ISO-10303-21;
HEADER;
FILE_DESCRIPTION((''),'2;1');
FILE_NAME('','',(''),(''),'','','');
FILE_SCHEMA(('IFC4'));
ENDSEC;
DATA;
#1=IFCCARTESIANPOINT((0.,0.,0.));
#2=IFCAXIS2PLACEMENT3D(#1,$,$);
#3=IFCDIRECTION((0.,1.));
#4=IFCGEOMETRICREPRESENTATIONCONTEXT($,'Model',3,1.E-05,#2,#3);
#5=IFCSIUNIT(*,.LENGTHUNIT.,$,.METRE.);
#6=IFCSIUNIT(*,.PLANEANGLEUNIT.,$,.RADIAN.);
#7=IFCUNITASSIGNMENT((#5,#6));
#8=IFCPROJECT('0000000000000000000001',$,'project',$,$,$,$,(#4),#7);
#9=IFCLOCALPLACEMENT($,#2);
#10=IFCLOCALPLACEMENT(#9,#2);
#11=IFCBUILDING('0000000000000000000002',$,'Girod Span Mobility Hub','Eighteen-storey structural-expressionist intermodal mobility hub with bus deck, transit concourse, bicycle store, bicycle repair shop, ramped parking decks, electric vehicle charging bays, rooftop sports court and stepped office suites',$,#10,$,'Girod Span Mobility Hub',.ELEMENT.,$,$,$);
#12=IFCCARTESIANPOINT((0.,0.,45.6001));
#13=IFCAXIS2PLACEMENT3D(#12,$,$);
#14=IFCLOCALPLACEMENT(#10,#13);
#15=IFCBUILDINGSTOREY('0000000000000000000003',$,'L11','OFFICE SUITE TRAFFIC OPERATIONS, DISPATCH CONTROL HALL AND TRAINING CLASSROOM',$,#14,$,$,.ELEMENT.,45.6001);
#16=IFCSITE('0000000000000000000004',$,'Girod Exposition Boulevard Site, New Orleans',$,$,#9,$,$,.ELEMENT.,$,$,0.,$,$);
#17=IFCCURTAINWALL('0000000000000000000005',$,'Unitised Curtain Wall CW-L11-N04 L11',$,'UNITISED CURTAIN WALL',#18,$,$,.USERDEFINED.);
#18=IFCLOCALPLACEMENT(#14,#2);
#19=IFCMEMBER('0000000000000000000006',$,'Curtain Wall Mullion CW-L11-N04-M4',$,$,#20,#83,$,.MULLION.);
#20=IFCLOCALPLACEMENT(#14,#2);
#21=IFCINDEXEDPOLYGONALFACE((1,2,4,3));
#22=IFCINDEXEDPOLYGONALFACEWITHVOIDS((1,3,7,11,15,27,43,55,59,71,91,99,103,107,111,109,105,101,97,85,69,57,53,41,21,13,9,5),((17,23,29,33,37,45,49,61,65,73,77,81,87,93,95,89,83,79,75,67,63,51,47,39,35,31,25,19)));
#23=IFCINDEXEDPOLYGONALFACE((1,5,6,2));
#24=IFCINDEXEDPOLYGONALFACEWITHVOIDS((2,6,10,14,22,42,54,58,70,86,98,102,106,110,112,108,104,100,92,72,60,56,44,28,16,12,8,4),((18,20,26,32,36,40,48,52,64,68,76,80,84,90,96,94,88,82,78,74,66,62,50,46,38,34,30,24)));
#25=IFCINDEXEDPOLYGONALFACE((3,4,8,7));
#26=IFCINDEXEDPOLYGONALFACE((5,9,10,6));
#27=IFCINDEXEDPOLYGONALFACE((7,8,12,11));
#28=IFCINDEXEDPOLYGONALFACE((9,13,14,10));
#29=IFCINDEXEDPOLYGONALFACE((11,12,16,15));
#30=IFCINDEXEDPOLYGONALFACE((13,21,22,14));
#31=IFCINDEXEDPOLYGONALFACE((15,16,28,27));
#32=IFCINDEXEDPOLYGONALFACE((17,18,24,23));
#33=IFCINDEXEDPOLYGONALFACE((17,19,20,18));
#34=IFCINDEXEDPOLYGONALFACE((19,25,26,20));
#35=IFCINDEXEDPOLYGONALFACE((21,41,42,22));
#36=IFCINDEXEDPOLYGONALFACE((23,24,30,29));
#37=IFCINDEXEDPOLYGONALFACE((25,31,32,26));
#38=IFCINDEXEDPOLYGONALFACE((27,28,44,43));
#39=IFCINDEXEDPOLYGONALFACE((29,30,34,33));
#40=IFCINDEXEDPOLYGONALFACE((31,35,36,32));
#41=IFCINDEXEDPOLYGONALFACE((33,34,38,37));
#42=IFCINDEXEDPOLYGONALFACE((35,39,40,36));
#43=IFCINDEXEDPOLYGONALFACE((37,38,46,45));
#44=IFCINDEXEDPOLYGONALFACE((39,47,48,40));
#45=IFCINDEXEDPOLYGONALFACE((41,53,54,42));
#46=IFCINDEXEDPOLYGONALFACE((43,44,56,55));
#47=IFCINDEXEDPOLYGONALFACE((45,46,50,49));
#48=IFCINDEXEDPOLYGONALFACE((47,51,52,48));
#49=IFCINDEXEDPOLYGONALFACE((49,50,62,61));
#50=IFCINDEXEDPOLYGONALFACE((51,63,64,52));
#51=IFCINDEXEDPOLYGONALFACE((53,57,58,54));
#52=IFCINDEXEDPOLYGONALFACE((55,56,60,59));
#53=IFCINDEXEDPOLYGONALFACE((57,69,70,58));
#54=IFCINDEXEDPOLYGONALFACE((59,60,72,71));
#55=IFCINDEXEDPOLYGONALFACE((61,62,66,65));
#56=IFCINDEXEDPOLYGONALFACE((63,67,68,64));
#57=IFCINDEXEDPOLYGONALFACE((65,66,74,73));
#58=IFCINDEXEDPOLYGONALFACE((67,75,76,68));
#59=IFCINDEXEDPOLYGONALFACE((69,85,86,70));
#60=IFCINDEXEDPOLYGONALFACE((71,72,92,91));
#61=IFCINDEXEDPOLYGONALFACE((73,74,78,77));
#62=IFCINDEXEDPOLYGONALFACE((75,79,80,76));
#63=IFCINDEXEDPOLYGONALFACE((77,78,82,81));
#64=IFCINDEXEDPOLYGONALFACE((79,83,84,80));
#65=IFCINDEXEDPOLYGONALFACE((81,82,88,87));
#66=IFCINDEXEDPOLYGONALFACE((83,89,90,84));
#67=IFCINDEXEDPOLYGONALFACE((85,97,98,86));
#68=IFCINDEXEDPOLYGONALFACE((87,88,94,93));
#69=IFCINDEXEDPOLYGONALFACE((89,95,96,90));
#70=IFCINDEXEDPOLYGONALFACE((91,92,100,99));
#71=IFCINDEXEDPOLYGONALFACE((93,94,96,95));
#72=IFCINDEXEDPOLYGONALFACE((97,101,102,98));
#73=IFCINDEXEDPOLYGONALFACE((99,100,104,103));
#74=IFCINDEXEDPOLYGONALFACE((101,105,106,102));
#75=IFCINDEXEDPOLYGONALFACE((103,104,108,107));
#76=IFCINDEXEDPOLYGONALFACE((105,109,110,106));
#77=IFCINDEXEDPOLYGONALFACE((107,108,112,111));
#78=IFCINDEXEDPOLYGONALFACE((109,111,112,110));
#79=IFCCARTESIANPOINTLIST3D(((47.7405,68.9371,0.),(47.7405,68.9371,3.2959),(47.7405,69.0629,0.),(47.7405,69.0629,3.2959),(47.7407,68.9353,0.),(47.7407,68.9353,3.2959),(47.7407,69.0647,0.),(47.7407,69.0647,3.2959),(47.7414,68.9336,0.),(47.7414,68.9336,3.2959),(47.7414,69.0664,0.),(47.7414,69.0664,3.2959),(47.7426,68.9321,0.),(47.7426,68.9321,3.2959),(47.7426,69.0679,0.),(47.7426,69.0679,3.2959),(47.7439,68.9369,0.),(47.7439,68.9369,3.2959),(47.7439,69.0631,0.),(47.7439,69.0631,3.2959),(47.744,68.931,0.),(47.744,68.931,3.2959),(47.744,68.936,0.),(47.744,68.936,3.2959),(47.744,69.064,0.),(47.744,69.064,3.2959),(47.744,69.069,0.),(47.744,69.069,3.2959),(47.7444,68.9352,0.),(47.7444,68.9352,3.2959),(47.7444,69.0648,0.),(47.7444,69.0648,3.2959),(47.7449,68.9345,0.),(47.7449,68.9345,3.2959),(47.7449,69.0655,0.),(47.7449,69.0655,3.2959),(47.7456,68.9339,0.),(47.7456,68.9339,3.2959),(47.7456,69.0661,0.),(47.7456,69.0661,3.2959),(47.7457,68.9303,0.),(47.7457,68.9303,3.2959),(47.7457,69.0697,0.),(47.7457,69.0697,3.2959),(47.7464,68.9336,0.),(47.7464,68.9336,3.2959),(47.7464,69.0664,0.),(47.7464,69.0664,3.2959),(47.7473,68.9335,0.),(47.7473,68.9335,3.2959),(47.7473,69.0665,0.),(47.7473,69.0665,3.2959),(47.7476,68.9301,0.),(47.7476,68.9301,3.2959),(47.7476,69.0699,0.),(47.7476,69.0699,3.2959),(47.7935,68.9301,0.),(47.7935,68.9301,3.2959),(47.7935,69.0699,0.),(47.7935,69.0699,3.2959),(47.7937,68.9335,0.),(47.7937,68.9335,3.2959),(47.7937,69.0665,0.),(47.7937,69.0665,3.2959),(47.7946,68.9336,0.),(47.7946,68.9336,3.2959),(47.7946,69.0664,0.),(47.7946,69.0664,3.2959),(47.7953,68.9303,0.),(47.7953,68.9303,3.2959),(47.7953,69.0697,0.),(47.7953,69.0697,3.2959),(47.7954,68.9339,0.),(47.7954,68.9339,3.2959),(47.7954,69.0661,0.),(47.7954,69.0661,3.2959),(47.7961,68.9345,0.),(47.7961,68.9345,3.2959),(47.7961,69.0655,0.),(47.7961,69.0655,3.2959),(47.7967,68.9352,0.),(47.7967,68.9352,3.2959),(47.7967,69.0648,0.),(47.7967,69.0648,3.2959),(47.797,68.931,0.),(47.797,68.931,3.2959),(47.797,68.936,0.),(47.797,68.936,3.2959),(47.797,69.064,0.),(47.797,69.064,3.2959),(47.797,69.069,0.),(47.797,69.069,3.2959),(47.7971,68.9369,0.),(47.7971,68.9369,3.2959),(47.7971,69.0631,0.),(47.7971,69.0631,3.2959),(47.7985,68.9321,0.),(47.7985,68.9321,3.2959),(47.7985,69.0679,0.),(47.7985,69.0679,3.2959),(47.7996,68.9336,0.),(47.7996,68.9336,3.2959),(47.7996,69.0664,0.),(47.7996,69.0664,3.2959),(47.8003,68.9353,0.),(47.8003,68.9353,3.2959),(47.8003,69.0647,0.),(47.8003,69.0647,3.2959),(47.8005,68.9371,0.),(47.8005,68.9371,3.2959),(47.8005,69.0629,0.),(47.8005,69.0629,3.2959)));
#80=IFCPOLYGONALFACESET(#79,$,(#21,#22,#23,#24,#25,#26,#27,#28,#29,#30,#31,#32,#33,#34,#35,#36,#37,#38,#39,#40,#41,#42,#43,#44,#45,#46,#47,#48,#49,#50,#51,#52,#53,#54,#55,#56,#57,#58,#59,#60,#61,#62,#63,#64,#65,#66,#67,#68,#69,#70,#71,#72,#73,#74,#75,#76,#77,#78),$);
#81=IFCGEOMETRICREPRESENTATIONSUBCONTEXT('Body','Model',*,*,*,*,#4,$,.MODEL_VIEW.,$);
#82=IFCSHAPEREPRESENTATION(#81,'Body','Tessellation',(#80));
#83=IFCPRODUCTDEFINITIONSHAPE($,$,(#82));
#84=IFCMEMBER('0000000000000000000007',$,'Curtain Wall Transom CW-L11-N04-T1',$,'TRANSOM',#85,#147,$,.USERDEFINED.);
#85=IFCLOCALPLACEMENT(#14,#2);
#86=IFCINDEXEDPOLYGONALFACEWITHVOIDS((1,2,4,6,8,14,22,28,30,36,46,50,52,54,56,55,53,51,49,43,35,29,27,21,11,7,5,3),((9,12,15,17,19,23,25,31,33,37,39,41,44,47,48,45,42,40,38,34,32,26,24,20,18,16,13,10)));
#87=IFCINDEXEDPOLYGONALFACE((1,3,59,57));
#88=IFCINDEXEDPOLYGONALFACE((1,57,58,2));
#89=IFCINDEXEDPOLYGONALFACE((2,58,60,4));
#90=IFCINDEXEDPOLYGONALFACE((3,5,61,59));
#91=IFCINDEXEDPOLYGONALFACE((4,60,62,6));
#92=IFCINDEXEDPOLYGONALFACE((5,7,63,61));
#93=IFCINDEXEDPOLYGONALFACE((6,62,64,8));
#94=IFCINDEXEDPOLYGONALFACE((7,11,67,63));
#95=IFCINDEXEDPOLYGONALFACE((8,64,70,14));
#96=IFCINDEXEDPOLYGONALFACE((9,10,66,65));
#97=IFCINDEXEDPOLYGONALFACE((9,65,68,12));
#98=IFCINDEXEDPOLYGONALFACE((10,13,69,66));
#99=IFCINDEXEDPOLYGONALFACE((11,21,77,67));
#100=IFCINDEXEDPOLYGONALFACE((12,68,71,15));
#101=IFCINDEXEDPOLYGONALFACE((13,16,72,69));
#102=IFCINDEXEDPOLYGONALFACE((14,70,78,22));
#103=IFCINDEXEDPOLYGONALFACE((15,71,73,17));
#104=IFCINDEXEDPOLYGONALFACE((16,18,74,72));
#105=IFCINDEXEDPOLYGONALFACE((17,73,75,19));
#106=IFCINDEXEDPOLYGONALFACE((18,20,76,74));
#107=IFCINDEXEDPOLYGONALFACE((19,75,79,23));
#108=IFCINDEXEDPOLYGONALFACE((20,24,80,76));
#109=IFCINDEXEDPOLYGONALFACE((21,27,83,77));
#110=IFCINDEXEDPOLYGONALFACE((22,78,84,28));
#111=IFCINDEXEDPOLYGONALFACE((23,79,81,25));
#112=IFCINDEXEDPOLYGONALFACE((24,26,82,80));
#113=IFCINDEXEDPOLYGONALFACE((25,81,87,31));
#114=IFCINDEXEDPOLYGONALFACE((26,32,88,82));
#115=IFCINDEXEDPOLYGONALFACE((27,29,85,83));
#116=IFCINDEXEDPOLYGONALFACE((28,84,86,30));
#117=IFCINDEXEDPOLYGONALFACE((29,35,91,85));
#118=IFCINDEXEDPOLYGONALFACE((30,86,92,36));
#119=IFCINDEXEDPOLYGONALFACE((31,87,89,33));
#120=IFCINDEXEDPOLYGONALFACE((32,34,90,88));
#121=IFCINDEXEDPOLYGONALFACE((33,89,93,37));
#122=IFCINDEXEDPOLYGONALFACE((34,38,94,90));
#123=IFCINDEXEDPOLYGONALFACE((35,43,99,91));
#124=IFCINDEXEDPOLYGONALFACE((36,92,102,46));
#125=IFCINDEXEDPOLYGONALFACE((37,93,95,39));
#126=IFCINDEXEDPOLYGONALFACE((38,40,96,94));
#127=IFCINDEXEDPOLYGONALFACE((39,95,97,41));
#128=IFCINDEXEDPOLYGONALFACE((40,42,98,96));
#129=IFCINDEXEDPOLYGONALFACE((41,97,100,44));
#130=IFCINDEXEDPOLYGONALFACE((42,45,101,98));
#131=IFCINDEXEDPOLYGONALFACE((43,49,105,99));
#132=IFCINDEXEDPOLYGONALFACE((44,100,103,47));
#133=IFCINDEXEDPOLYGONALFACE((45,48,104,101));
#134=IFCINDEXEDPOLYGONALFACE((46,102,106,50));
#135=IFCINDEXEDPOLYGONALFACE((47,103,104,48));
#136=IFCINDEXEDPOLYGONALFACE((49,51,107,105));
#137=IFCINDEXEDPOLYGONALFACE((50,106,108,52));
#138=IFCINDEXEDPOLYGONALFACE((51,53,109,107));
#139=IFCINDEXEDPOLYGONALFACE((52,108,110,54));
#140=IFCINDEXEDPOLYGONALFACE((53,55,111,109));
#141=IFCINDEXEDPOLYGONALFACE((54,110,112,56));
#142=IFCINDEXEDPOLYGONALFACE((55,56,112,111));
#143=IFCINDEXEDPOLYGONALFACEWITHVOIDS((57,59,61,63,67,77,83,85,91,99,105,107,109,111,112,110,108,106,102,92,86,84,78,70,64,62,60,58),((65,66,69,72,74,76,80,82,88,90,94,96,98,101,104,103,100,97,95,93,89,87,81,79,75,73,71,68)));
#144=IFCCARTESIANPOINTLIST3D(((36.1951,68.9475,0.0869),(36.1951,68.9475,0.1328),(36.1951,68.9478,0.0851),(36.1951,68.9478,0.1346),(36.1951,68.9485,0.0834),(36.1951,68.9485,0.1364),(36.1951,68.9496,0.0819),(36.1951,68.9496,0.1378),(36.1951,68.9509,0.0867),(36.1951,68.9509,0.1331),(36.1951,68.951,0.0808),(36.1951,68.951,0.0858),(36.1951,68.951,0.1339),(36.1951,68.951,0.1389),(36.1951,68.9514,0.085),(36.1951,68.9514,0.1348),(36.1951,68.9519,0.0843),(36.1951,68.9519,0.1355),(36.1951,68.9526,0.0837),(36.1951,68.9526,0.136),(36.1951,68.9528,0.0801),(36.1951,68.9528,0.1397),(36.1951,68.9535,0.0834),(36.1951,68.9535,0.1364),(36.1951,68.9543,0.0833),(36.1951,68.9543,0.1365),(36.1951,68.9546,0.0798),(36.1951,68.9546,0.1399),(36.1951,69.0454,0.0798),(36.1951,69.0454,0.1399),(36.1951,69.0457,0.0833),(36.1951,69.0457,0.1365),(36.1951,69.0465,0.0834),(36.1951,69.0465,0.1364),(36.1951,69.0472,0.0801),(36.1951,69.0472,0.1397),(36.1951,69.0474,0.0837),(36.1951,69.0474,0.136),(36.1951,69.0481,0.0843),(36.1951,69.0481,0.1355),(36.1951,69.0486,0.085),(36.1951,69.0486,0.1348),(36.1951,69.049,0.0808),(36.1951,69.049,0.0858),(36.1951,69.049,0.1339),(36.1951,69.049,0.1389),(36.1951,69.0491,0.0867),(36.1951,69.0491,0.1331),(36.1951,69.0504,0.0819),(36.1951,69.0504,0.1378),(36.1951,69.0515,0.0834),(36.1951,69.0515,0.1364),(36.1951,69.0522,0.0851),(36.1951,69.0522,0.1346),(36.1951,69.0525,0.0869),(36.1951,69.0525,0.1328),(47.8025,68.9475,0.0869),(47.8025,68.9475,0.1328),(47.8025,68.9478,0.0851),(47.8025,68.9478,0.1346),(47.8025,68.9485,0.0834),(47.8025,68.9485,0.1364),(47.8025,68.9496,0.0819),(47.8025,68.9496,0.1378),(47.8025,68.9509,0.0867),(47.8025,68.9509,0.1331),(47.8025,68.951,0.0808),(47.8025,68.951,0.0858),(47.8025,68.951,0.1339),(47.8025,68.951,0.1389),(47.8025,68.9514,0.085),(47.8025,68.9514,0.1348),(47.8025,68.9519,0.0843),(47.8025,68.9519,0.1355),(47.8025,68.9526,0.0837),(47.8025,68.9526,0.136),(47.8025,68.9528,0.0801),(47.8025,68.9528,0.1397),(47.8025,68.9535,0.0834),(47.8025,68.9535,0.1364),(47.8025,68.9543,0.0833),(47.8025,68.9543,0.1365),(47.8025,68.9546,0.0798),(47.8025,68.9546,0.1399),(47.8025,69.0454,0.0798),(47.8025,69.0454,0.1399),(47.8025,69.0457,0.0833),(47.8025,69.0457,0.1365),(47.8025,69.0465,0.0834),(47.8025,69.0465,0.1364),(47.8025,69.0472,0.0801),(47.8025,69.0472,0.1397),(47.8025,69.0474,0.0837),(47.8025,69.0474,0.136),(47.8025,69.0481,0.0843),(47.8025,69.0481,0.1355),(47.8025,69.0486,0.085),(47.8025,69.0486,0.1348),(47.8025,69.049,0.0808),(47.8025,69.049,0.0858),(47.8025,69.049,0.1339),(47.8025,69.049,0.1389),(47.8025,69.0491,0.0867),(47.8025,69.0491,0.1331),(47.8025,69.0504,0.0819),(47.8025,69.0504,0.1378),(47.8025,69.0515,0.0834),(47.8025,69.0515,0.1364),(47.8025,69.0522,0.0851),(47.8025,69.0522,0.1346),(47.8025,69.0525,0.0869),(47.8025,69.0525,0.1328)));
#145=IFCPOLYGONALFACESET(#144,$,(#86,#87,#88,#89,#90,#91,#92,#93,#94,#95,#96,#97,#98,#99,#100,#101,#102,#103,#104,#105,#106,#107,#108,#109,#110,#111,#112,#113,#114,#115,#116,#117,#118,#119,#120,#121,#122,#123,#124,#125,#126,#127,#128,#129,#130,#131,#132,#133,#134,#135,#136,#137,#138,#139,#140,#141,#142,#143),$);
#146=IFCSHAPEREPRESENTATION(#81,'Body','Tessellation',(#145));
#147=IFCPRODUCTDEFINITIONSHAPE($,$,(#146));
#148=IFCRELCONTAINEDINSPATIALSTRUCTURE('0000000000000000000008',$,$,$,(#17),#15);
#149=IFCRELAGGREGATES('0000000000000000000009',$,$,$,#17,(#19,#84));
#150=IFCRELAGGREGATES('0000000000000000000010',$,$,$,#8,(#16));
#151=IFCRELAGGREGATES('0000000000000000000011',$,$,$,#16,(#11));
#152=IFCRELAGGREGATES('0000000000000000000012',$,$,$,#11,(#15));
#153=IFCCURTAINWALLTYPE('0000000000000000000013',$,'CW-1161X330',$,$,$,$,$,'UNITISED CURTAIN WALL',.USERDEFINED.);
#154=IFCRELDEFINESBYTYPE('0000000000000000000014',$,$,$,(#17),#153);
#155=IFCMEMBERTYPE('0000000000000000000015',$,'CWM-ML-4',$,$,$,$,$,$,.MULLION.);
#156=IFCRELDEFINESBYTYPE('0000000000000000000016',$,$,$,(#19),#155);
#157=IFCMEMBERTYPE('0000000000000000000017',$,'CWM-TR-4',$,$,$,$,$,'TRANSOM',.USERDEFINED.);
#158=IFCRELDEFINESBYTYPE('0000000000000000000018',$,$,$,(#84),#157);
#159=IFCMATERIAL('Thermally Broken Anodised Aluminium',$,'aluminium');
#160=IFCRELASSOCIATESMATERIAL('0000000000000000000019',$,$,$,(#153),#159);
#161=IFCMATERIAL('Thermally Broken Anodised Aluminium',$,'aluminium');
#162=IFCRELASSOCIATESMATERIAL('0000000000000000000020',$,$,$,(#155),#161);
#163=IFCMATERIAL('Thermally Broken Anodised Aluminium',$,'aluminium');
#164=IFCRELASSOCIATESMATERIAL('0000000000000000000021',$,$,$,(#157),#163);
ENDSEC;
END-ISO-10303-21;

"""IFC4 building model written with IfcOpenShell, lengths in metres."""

from ifc_helpers import new_model, si_unit, direction, frame, origin, origin_2d, place, context, subcontext, project, spatial, hollow_rectangle, extrude, material, material_profile, profile_set, type_object, element, aggregate, save


model = new_model("IFC4")

# Units and contexts
model_context = context("Model", 3, precision=1e-05, world=origin(), true_north=direction((0.0, 1.0)))
body_context = subcontext(model_context, "Body", "Model", "MODEL_VIEW")
ifc_project = project(units=[si_unit("LENGTHUNIT", "METRE"), si_unit("PLANEANGLEUNIT", "RADIAN")], contexts=[model_context])

# Site, building, storey
site_placement = place(None, origin())
site = spatial("IfcSite", under=ifc_project, at=site_placement, Name="Girod Exposition Boulevard Site, New Orleans", CompositionType="ELEMENT", RefElevation=0.0)
building_placement = place(site_placement, origin())
building = spatial("IfcBuilding", under=site, at=building_placement, Name="Girod Span Mobility Hub", Description="Eighteen-storey structural-expressionist intermodal mobility hub with bus deck, transit concourse, bicycle store, bicycle repair shop, ramped parking decks, electric vehicle charging bays, rooftop sports court and stepped office suites", LongName="Girod Span Mobility Hub", CompositionType="ELEMENT")
storey_placement = place(building_placement, frame((0.0, 0.0, 45.6001)))
storey = spatial("IfcBuildingStorey", under=building, at=storey_placement, Name="L11", Description="OFFICE SUITE TRAFFIC OPERATIONS, DISPATCH CONTROL HALL AND TRAINING CLASSROOM", CompositionType="ELEMENT", Elevation=45.6001)

# Curtain wall, members
ifc_material_1 = material(Name="Thermally Broken Anodised Aluminium", Category="aluminium")
curtain_wall_type = type_object("IfcCurtainWallType", Name="CW-1161X330", ElementType="UNITISED CURTAIN WALL", PredefinedType="USERDEFINED", material=ifc_material_1)
curtain_wall_placement = place(storey_placement, origin())
curtain_wall = element("IfcCurtainWall", 1, at=curtain_wall_placement, inside=storey, type_object=curtain_wall_type, Name="Unitised Curtain Wall CW-L11-N04 L11", ObjectType="UNITISED CURTAIN WALL", PredefinedType="USERDEFINED")
ifc_material_2 = material(Name="Thermally Broken Anodised Aluminium", Category="aluminium")
ifc_material_profile_1 = material_profile(ifc_material_2, hollow_rectangle(XDim=0.1399, YDim=0.0601, WallThickness=0.0034, InnerFilletRadius=0.0034, OuterFilletRadius=0.0071, at=origin_2d()), Name="CW-ML-60X140")
ifc_profile_set_1 = profile_set([ifc_material_profile_1], Name="Thermally Broken Anodised Aluminium")
member_type_1 = type_object("IfcMemberType", Name="CWM-ML-4", PredefinedType="MULLION", material=ifc_profile_set_1)
member_1_placement = place(storey_placement, frame((47.7705, 69.0, 0.0), z_axis=(0.0, 0.0, 1.0), x_axis=(0.0, 1.0, 0.0)))
member_1 = element("IfcMember", 2, at=member_1_placement, type_object=member_type_1, Name="Curtain Wall Mullion CW-L11-N04-M4", PredefinedType="MULLION", context=body_context, shape_type="SweptSolid", body=[
    extrude(hollow_rectangle(XDim=0.1399, YDim=0.0601, WallThickness=0.0034, InnerFilletRadius=0.0034, OuterFilletRadius=0.0071, at=origin_2d()), origin(), (0.0, 0.0, 1.0), 3.2959),
])
ifc_material_3 = material(Name="Thermally Broken Anodised Aluminium", Category="aluminium")
ifc_material_profile_2 = material_profile(ifc_material_3, hollow_rectangle(XDim=0.105, YDim=0.0601, WallThickness=0.0034, InnerFilletRadius=0.0034, OuterFilletRadius=0.0071, at=origin_2d()), Name="CW-TR-60X105")
ifc_profile_set_2 = profile_set([ifc_material_profile_2], Name="Thermally Broken Anodised Aluminium")
member_type_2 = type_object("IfcMemberType", Name="CWM-TR-4", ElementType="TRANSOM", PredefinedType="USERDEFINED", material=ifc_profile_set_2)
member_2_placement = place(storey_placement, frame((36.1951, 69.0, 0.1099), z_axis=(1.0, 0.0, 0.0), x_axis=(0.0, 1.0, 0.0)))
member_2 = element("IfcMember", 3, at=member_2_placement, type_object=member_type_2, Name="Curtain Wall Transom CW-L11-N04-T1", ObjectType="TRANSOM", PredefinedType="USERDEFINED", context=body_context, shape_type="SweptSolid", body=[
    extrude(hollow_rectangle(XDim=0.105, YDim=0.0601, WallThickness=0.0034, InnerFilletRadius=0.0034, OuterFilletRadius=0.0071, at=origin_2d()), origin(), (0.0, 0.0, 1.0), 11.6074),
])

aggregate(curtain_wall, [member_1, member_2])

save(model, "model.ifc")
